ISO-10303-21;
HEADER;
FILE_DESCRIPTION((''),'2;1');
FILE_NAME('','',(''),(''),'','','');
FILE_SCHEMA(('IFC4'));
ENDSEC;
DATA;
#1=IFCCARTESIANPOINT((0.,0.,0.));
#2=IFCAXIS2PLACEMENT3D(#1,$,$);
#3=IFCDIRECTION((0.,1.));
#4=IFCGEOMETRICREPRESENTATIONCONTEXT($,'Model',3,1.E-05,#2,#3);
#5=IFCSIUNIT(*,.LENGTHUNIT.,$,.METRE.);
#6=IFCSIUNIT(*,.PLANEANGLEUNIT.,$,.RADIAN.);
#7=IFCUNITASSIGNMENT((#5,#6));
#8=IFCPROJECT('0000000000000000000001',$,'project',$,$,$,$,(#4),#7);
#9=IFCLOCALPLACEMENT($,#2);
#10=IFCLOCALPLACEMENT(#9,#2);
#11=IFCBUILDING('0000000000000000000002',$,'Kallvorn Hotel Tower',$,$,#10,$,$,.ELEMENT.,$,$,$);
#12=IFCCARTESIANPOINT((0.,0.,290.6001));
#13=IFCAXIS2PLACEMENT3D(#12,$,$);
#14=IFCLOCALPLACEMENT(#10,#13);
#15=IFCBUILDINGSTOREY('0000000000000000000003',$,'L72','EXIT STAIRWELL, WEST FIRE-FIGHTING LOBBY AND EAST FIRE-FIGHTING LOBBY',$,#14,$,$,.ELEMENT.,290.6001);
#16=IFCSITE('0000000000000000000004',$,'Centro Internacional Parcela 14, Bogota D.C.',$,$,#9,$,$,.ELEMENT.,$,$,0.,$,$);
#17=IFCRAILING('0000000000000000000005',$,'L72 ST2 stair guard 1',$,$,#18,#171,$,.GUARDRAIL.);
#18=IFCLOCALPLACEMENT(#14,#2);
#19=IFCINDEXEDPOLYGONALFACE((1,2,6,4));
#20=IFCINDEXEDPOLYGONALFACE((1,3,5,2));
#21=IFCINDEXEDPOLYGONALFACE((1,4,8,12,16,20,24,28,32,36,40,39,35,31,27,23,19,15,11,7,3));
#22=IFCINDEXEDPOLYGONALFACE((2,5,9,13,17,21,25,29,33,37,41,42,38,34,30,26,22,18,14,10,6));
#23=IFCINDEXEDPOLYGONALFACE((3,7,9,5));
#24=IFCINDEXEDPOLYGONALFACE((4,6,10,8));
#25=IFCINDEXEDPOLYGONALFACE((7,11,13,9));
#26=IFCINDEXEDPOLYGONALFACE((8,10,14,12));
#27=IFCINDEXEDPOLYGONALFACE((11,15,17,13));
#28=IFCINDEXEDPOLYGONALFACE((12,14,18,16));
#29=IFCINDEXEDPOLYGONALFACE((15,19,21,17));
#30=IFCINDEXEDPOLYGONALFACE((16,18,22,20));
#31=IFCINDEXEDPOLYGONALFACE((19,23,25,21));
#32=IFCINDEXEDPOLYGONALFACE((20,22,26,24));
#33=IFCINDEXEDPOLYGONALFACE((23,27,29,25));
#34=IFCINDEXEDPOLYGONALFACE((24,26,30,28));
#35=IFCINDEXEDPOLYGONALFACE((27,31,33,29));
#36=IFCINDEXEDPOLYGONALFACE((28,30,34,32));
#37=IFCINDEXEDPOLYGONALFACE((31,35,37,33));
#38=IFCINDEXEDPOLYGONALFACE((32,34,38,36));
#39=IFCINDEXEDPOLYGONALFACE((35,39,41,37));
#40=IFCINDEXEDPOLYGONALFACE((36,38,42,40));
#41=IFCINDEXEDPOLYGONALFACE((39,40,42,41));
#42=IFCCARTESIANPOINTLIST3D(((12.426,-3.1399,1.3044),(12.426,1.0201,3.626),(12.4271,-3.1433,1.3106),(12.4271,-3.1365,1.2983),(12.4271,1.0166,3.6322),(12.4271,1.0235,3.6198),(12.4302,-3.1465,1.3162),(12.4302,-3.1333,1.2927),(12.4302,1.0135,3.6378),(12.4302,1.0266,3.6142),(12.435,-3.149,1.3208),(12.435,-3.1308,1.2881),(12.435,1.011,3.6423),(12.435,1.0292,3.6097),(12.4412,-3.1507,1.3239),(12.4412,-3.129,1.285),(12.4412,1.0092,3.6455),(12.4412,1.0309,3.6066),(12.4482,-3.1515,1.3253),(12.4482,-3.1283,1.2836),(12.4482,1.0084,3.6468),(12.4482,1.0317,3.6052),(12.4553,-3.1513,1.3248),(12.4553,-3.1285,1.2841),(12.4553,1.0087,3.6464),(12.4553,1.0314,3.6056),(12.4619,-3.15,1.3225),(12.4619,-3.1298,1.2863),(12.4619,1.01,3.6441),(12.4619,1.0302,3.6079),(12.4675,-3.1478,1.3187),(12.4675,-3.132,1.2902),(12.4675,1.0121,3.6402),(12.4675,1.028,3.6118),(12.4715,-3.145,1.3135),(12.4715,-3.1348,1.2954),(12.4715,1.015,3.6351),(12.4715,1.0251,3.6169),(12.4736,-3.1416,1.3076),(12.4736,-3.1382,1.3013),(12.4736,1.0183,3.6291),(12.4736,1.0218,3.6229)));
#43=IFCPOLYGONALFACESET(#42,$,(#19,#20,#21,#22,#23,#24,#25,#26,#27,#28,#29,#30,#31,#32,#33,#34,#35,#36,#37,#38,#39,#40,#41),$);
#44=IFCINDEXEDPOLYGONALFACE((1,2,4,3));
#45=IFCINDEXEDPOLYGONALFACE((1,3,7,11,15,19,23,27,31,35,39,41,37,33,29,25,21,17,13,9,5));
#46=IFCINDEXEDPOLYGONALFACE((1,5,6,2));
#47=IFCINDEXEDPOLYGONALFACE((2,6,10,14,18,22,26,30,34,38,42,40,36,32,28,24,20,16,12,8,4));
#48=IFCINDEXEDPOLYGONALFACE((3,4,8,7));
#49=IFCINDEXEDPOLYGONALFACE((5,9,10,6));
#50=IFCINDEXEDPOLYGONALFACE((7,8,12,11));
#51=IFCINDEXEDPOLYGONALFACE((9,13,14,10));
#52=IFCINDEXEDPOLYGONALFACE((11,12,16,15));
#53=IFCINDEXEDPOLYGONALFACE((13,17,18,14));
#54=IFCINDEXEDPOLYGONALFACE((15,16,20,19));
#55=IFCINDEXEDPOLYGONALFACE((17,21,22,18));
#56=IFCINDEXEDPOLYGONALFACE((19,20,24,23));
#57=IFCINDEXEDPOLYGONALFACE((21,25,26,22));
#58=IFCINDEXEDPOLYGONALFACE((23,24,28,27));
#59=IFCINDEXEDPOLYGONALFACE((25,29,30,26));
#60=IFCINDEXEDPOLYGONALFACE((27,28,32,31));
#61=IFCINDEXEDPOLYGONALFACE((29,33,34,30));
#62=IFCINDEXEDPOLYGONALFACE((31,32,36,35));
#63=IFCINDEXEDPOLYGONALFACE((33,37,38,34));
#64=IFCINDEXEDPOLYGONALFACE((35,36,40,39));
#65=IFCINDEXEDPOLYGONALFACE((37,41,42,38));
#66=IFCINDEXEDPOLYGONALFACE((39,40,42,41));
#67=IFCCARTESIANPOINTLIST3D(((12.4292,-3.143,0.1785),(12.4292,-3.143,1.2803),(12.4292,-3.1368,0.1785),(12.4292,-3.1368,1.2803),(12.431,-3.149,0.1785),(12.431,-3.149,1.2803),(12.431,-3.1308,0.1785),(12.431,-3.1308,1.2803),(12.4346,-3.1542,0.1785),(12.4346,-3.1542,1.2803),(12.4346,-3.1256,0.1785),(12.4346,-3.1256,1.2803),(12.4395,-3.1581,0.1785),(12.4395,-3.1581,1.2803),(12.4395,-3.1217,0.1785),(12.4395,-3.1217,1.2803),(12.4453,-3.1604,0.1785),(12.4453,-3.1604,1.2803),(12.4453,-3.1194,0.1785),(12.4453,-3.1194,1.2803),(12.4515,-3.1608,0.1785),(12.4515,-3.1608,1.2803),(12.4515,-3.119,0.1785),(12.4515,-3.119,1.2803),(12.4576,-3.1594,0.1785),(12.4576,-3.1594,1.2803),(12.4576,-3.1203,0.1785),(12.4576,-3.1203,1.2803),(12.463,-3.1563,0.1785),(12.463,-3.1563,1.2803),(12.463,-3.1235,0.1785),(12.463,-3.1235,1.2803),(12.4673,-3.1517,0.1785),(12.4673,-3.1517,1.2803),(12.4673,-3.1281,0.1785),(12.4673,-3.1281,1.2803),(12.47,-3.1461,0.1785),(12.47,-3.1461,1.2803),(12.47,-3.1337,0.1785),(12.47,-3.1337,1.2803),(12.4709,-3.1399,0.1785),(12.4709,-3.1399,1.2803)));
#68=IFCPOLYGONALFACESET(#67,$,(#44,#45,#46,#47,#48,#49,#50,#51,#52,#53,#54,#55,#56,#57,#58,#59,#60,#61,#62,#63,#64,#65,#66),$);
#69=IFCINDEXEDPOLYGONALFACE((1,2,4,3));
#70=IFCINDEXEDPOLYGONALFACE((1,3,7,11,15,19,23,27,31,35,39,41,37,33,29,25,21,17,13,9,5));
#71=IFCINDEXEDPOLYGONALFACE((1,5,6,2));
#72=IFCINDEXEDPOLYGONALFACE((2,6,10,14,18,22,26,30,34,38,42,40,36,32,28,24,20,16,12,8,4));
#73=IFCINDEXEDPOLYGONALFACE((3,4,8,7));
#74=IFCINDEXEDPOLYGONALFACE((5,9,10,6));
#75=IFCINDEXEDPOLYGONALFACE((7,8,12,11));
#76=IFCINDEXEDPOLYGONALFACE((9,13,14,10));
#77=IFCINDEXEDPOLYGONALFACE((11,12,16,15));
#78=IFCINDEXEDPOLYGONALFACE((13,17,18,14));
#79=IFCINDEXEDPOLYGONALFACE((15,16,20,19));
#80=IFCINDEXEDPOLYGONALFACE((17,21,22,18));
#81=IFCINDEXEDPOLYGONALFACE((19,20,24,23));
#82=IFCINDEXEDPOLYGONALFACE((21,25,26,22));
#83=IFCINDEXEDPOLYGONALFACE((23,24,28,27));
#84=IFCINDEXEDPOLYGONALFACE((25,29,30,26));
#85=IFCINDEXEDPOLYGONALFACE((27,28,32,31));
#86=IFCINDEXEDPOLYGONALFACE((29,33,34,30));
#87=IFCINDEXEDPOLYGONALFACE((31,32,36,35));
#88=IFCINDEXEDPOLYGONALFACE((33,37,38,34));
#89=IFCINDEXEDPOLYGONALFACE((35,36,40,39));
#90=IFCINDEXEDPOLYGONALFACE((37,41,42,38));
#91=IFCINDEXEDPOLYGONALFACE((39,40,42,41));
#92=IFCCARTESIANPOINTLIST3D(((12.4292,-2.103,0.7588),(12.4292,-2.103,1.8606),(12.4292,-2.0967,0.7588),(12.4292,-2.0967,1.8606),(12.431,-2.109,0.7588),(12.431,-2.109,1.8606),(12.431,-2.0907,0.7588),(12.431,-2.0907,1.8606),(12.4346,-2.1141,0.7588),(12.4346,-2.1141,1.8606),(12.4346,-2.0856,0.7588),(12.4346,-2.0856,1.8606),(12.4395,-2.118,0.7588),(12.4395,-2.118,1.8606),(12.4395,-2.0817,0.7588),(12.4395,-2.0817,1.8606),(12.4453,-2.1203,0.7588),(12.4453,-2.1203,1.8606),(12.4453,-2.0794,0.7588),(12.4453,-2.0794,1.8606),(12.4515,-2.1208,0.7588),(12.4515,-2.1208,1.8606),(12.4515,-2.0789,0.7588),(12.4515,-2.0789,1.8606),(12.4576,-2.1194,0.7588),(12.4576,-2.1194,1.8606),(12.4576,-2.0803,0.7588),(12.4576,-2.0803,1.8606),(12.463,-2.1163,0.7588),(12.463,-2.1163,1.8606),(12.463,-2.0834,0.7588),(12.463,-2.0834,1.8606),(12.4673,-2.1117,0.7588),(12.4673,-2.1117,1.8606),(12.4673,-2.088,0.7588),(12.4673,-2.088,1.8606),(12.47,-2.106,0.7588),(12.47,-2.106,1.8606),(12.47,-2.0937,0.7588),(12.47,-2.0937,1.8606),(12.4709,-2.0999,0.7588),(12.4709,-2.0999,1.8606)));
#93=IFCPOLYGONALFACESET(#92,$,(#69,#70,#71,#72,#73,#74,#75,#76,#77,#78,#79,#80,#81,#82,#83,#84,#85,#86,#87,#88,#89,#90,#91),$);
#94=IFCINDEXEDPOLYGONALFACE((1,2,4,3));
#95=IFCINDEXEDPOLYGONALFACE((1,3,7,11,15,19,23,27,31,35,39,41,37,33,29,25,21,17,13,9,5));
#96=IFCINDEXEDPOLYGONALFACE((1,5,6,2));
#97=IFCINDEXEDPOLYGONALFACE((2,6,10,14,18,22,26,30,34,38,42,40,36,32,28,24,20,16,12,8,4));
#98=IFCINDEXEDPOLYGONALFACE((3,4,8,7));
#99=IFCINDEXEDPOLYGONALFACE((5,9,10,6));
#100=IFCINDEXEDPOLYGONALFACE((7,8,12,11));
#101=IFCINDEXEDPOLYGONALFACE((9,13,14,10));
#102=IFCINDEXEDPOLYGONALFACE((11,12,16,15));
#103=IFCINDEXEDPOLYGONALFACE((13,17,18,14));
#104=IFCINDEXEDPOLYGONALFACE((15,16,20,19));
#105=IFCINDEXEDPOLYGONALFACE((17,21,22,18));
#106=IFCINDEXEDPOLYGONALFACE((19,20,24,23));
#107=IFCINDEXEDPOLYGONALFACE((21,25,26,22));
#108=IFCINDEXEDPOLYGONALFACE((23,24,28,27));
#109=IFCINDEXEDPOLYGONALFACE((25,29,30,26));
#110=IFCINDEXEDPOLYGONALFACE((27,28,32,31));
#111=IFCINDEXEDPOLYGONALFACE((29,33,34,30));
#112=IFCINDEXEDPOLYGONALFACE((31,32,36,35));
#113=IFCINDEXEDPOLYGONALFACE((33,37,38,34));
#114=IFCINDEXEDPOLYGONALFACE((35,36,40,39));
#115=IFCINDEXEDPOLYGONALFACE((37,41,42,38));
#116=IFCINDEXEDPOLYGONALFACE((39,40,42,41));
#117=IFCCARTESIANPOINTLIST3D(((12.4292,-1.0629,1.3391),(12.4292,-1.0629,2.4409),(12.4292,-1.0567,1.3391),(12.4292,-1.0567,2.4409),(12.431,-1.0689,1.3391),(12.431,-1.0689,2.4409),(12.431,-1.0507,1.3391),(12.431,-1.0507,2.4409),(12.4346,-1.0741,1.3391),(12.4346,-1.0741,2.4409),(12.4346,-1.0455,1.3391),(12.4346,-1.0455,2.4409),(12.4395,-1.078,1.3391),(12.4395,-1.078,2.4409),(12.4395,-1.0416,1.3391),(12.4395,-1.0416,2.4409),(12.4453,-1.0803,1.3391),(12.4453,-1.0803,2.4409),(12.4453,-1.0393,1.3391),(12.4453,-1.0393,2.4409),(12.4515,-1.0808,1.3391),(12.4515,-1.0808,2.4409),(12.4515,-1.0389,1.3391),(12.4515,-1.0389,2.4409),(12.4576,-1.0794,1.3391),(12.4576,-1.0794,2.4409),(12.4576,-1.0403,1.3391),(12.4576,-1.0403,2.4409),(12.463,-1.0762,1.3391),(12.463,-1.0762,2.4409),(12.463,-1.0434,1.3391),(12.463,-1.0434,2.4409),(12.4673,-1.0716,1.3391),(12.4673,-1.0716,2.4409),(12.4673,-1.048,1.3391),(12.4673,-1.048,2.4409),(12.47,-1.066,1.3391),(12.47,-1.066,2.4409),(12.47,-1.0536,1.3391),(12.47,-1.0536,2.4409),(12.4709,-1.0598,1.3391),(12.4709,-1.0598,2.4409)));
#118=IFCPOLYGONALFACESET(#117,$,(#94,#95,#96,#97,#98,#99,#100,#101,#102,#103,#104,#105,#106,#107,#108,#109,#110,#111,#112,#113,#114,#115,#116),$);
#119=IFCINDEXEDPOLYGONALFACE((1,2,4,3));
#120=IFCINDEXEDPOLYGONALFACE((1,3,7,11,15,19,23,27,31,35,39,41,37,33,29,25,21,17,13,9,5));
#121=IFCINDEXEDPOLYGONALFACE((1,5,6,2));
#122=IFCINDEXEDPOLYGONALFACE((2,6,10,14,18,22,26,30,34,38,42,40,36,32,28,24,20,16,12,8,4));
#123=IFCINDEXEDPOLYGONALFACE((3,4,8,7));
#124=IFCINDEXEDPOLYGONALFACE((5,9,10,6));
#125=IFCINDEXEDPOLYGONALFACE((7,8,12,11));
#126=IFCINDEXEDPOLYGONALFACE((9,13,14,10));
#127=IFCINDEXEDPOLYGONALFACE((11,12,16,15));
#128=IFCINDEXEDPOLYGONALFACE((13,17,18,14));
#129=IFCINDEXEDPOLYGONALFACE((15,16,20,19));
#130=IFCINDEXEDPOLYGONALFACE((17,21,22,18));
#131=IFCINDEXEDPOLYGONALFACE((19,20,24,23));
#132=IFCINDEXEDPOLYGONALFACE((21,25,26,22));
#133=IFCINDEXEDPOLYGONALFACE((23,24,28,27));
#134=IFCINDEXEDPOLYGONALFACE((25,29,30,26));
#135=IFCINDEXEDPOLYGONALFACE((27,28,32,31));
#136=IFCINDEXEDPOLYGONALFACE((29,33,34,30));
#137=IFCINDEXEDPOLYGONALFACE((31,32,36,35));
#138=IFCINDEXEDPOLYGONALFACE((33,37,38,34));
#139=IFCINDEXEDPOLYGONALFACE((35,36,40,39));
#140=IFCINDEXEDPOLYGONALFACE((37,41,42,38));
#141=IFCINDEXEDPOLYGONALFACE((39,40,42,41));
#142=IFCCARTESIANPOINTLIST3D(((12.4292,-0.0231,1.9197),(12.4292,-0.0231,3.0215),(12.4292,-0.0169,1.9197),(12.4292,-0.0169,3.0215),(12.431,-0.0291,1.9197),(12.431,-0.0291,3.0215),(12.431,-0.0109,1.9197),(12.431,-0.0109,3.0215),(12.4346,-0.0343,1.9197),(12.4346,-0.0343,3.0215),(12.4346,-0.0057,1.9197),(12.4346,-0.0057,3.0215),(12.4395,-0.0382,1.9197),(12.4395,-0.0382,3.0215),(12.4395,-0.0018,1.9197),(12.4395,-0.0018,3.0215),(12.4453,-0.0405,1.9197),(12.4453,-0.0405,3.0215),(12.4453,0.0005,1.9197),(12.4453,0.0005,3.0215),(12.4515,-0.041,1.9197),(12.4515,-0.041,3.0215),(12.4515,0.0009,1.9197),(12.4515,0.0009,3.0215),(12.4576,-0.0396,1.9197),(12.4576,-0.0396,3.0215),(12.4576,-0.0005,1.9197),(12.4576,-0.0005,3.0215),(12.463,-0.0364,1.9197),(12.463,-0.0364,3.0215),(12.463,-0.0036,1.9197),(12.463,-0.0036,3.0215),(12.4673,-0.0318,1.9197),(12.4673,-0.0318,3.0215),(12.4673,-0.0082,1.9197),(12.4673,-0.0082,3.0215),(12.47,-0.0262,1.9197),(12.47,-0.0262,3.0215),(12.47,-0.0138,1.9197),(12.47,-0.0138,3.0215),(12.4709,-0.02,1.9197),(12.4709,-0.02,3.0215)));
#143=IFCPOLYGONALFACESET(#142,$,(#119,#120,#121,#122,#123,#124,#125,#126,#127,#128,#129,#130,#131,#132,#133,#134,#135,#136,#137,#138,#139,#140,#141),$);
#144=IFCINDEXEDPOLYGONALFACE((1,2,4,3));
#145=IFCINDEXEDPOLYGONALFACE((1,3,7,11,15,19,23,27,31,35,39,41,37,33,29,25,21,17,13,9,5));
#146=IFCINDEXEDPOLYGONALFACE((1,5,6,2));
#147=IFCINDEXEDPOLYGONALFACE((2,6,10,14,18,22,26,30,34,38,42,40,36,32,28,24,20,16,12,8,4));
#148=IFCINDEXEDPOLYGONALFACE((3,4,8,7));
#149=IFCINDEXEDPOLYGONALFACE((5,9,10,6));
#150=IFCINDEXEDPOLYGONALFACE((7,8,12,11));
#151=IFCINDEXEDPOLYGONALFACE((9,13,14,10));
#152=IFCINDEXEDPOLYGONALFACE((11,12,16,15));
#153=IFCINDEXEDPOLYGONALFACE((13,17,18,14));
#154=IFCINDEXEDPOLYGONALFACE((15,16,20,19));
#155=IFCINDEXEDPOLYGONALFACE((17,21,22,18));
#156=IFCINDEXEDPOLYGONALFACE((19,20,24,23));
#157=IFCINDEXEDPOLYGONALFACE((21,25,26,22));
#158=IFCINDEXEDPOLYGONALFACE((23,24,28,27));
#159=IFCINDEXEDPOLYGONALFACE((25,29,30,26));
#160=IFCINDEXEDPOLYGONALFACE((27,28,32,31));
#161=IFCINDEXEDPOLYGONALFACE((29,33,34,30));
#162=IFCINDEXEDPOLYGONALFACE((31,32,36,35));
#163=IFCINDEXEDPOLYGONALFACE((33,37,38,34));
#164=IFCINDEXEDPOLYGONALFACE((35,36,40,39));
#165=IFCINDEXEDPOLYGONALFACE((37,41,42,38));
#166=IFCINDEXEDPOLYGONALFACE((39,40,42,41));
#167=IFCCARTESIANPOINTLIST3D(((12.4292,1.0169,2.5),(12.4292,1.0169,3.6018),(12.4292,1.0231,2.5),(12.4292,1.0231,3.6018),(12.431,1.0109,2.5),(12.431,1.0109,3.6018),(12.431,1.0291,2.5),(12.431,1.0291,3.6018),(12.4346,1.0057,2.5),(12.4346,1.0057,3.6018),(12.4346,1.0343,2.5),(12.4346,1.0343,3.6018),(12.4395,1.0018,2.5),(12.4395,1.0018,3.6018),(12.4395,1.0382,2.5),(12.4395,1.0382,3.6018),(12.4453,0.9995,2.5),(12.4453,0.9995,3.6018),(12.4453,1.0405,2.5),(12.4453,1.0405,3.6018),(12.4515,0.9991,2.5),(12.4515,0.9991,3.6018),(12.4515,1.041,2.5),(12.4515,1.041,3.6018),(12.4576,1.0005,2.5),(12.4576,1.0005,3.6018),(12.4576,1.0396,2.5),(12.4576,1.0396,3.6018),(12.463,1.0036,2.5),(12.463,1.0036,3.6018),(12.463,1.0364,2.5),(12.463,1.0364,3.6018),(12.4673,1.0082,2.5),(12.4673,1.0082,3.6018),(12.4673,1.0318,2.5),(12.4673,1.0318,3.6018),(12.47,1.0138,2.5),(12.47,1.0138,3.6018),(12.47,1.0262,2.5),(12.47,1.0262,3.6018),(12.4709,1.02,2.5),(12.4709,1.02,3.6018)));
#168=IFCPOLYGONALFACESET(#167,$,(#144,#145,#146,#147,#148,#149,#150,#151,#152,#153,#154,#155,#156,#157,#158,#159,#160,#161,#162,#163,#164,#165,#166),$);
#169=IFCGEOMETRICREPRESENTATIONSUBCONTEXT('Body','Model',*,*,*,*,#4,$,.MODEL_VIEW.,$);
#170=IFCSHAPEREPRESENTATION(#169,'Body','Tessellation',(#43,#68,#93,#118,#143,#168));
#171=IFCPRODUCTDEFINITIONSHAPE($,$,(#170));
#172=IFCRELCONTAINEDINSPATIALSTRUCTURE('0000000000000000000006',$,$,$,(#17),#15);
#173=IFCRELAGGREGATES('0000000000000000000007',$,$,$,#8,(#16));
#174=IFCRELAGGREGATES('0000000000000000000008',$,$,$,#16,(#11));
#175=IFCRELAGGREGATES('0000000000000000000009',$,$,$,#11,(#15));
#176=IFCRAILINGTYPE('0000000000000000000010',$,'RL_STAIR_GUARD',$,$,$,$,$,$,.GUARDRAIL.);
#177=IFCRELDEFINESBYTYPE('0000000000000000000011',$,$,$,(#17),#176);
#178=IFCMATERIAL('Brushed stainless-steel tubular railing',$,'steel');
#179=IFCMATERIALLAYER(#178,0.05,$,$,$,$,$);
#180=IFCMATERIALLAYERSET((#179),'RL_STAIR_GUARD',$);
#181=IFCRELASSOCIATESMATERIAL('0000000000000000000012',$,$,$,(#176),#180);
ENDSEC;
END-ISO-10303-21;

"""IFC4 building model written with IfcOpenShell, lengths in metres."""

from ifc_helpers import new_model, si_unit, direction, frame, origin, origin_2d, place, context, subcontext, project, spatial, circle, extrude, material, layer, layer_set, type_object, element, save


model = new_model("IFC4")

# Units and contexts
model_context = context("Model", 3, precision=1e-05, world=origin(), true_north=direction((0.0, 1.0)))
body_context = subcontext(model_context, "Body", "Model", "MODEL_VIEW")
ifc_project = project(units=[si_unit("LENGTHUNIT", "METRE"), si_unit("PLANEANGLEUNIT", "RADIAN")], contexts=[model_context])

# Site, building, storey
site_placement = place(None, origin())
site = spatial("IfcSite", under=ifc_project, at=site_placement, Name="Centro Internacional Parcela 14, Bogota D.C.", CompositionType="ELEMENT", RefElevation=0.0)
building_placement = place(site_placement, origin())
building = spatial("IfcBuilding", under=site, at=building_placement, Name="Kallvorn Hotel Tower", CompositionType="ELEMENT")
storey_placement = place(building_placement, frame((0.0, 0.0, 290.6001)))
storey = spatial("IfcBuildingStorey", under=building, at=storey_placement, Name="L72", Description="EXIT STAIRWELL, WEST FIRE-FIGHTING LOBBY AND EAST FIRE-FIGHTING LOBBY", CompositionType="ELEMENT", Elevation=290.6001)

# Railing
ifc_material_1 = material(Name="Brushed stainless-steel tubular railing", Category="steel")
ifc_layer_1 = layer(ifc_material_1, 0.05)
ifc_layer_set_1 = layer_set([ifc_layer_1], Name="RL_STAIR_GUARD")
railing_type_1 = type_object("IfcRailingType", Name="RL_STAIR_GUARD", PredefinedType="GUARDRAIL", material=ifc_layer_set_1)
railing_1_placement = place(storey_placement, frame((12.45, -3.1399, 0.1785)))
element("IfcRailing", 1, at=railing_1_placement, inside=storey, type_object=railing_type_1, Name="L72 ST2 stair guard 1", PredefinedType="GUARDRAIL", context=body_context, shape_type="SweptSolid", body=[
    extrude(circle(Radius=0.0239, at=origin_2d()), frame((0.0, 0.0, 1.126), z_axis=(0.0, 0.873223, 0.487322), x_axis=(-1.0, 0.0, 0.0)), (0.0, 0.0, 1.0), 4.7639),
    extrude(circle(Radius=0.021, at=origin_2d()), origin(), (0.0, 0.0, 1.0), 1.1018),
    extrude(circle(Radius=0.021, at=origin_2d()), frame((0.0, 1.04, 0.5803)), (0.0, 0.0, 1.0), 1.1018),
    extrude(circle(Radius=0.021, at=origin_2d()), frame((0.0, 2.0801, 1.1606)), (0.0, 0.0, 1.0), 1.1018),
    extrude(circle(Radius=0.021, at=origin_2d()), frame((0.0, 3.1199, 1.7412)), (0.0, 0.0, 1.0), 1.1018),
    extrude(circle(Radius=0.021, at=origin_2d()), frame((0.0, 4.1599, 2.3215)), (0.0, 0.0, 1.0), 1.1018),
])

save(model, "model.ifc")
